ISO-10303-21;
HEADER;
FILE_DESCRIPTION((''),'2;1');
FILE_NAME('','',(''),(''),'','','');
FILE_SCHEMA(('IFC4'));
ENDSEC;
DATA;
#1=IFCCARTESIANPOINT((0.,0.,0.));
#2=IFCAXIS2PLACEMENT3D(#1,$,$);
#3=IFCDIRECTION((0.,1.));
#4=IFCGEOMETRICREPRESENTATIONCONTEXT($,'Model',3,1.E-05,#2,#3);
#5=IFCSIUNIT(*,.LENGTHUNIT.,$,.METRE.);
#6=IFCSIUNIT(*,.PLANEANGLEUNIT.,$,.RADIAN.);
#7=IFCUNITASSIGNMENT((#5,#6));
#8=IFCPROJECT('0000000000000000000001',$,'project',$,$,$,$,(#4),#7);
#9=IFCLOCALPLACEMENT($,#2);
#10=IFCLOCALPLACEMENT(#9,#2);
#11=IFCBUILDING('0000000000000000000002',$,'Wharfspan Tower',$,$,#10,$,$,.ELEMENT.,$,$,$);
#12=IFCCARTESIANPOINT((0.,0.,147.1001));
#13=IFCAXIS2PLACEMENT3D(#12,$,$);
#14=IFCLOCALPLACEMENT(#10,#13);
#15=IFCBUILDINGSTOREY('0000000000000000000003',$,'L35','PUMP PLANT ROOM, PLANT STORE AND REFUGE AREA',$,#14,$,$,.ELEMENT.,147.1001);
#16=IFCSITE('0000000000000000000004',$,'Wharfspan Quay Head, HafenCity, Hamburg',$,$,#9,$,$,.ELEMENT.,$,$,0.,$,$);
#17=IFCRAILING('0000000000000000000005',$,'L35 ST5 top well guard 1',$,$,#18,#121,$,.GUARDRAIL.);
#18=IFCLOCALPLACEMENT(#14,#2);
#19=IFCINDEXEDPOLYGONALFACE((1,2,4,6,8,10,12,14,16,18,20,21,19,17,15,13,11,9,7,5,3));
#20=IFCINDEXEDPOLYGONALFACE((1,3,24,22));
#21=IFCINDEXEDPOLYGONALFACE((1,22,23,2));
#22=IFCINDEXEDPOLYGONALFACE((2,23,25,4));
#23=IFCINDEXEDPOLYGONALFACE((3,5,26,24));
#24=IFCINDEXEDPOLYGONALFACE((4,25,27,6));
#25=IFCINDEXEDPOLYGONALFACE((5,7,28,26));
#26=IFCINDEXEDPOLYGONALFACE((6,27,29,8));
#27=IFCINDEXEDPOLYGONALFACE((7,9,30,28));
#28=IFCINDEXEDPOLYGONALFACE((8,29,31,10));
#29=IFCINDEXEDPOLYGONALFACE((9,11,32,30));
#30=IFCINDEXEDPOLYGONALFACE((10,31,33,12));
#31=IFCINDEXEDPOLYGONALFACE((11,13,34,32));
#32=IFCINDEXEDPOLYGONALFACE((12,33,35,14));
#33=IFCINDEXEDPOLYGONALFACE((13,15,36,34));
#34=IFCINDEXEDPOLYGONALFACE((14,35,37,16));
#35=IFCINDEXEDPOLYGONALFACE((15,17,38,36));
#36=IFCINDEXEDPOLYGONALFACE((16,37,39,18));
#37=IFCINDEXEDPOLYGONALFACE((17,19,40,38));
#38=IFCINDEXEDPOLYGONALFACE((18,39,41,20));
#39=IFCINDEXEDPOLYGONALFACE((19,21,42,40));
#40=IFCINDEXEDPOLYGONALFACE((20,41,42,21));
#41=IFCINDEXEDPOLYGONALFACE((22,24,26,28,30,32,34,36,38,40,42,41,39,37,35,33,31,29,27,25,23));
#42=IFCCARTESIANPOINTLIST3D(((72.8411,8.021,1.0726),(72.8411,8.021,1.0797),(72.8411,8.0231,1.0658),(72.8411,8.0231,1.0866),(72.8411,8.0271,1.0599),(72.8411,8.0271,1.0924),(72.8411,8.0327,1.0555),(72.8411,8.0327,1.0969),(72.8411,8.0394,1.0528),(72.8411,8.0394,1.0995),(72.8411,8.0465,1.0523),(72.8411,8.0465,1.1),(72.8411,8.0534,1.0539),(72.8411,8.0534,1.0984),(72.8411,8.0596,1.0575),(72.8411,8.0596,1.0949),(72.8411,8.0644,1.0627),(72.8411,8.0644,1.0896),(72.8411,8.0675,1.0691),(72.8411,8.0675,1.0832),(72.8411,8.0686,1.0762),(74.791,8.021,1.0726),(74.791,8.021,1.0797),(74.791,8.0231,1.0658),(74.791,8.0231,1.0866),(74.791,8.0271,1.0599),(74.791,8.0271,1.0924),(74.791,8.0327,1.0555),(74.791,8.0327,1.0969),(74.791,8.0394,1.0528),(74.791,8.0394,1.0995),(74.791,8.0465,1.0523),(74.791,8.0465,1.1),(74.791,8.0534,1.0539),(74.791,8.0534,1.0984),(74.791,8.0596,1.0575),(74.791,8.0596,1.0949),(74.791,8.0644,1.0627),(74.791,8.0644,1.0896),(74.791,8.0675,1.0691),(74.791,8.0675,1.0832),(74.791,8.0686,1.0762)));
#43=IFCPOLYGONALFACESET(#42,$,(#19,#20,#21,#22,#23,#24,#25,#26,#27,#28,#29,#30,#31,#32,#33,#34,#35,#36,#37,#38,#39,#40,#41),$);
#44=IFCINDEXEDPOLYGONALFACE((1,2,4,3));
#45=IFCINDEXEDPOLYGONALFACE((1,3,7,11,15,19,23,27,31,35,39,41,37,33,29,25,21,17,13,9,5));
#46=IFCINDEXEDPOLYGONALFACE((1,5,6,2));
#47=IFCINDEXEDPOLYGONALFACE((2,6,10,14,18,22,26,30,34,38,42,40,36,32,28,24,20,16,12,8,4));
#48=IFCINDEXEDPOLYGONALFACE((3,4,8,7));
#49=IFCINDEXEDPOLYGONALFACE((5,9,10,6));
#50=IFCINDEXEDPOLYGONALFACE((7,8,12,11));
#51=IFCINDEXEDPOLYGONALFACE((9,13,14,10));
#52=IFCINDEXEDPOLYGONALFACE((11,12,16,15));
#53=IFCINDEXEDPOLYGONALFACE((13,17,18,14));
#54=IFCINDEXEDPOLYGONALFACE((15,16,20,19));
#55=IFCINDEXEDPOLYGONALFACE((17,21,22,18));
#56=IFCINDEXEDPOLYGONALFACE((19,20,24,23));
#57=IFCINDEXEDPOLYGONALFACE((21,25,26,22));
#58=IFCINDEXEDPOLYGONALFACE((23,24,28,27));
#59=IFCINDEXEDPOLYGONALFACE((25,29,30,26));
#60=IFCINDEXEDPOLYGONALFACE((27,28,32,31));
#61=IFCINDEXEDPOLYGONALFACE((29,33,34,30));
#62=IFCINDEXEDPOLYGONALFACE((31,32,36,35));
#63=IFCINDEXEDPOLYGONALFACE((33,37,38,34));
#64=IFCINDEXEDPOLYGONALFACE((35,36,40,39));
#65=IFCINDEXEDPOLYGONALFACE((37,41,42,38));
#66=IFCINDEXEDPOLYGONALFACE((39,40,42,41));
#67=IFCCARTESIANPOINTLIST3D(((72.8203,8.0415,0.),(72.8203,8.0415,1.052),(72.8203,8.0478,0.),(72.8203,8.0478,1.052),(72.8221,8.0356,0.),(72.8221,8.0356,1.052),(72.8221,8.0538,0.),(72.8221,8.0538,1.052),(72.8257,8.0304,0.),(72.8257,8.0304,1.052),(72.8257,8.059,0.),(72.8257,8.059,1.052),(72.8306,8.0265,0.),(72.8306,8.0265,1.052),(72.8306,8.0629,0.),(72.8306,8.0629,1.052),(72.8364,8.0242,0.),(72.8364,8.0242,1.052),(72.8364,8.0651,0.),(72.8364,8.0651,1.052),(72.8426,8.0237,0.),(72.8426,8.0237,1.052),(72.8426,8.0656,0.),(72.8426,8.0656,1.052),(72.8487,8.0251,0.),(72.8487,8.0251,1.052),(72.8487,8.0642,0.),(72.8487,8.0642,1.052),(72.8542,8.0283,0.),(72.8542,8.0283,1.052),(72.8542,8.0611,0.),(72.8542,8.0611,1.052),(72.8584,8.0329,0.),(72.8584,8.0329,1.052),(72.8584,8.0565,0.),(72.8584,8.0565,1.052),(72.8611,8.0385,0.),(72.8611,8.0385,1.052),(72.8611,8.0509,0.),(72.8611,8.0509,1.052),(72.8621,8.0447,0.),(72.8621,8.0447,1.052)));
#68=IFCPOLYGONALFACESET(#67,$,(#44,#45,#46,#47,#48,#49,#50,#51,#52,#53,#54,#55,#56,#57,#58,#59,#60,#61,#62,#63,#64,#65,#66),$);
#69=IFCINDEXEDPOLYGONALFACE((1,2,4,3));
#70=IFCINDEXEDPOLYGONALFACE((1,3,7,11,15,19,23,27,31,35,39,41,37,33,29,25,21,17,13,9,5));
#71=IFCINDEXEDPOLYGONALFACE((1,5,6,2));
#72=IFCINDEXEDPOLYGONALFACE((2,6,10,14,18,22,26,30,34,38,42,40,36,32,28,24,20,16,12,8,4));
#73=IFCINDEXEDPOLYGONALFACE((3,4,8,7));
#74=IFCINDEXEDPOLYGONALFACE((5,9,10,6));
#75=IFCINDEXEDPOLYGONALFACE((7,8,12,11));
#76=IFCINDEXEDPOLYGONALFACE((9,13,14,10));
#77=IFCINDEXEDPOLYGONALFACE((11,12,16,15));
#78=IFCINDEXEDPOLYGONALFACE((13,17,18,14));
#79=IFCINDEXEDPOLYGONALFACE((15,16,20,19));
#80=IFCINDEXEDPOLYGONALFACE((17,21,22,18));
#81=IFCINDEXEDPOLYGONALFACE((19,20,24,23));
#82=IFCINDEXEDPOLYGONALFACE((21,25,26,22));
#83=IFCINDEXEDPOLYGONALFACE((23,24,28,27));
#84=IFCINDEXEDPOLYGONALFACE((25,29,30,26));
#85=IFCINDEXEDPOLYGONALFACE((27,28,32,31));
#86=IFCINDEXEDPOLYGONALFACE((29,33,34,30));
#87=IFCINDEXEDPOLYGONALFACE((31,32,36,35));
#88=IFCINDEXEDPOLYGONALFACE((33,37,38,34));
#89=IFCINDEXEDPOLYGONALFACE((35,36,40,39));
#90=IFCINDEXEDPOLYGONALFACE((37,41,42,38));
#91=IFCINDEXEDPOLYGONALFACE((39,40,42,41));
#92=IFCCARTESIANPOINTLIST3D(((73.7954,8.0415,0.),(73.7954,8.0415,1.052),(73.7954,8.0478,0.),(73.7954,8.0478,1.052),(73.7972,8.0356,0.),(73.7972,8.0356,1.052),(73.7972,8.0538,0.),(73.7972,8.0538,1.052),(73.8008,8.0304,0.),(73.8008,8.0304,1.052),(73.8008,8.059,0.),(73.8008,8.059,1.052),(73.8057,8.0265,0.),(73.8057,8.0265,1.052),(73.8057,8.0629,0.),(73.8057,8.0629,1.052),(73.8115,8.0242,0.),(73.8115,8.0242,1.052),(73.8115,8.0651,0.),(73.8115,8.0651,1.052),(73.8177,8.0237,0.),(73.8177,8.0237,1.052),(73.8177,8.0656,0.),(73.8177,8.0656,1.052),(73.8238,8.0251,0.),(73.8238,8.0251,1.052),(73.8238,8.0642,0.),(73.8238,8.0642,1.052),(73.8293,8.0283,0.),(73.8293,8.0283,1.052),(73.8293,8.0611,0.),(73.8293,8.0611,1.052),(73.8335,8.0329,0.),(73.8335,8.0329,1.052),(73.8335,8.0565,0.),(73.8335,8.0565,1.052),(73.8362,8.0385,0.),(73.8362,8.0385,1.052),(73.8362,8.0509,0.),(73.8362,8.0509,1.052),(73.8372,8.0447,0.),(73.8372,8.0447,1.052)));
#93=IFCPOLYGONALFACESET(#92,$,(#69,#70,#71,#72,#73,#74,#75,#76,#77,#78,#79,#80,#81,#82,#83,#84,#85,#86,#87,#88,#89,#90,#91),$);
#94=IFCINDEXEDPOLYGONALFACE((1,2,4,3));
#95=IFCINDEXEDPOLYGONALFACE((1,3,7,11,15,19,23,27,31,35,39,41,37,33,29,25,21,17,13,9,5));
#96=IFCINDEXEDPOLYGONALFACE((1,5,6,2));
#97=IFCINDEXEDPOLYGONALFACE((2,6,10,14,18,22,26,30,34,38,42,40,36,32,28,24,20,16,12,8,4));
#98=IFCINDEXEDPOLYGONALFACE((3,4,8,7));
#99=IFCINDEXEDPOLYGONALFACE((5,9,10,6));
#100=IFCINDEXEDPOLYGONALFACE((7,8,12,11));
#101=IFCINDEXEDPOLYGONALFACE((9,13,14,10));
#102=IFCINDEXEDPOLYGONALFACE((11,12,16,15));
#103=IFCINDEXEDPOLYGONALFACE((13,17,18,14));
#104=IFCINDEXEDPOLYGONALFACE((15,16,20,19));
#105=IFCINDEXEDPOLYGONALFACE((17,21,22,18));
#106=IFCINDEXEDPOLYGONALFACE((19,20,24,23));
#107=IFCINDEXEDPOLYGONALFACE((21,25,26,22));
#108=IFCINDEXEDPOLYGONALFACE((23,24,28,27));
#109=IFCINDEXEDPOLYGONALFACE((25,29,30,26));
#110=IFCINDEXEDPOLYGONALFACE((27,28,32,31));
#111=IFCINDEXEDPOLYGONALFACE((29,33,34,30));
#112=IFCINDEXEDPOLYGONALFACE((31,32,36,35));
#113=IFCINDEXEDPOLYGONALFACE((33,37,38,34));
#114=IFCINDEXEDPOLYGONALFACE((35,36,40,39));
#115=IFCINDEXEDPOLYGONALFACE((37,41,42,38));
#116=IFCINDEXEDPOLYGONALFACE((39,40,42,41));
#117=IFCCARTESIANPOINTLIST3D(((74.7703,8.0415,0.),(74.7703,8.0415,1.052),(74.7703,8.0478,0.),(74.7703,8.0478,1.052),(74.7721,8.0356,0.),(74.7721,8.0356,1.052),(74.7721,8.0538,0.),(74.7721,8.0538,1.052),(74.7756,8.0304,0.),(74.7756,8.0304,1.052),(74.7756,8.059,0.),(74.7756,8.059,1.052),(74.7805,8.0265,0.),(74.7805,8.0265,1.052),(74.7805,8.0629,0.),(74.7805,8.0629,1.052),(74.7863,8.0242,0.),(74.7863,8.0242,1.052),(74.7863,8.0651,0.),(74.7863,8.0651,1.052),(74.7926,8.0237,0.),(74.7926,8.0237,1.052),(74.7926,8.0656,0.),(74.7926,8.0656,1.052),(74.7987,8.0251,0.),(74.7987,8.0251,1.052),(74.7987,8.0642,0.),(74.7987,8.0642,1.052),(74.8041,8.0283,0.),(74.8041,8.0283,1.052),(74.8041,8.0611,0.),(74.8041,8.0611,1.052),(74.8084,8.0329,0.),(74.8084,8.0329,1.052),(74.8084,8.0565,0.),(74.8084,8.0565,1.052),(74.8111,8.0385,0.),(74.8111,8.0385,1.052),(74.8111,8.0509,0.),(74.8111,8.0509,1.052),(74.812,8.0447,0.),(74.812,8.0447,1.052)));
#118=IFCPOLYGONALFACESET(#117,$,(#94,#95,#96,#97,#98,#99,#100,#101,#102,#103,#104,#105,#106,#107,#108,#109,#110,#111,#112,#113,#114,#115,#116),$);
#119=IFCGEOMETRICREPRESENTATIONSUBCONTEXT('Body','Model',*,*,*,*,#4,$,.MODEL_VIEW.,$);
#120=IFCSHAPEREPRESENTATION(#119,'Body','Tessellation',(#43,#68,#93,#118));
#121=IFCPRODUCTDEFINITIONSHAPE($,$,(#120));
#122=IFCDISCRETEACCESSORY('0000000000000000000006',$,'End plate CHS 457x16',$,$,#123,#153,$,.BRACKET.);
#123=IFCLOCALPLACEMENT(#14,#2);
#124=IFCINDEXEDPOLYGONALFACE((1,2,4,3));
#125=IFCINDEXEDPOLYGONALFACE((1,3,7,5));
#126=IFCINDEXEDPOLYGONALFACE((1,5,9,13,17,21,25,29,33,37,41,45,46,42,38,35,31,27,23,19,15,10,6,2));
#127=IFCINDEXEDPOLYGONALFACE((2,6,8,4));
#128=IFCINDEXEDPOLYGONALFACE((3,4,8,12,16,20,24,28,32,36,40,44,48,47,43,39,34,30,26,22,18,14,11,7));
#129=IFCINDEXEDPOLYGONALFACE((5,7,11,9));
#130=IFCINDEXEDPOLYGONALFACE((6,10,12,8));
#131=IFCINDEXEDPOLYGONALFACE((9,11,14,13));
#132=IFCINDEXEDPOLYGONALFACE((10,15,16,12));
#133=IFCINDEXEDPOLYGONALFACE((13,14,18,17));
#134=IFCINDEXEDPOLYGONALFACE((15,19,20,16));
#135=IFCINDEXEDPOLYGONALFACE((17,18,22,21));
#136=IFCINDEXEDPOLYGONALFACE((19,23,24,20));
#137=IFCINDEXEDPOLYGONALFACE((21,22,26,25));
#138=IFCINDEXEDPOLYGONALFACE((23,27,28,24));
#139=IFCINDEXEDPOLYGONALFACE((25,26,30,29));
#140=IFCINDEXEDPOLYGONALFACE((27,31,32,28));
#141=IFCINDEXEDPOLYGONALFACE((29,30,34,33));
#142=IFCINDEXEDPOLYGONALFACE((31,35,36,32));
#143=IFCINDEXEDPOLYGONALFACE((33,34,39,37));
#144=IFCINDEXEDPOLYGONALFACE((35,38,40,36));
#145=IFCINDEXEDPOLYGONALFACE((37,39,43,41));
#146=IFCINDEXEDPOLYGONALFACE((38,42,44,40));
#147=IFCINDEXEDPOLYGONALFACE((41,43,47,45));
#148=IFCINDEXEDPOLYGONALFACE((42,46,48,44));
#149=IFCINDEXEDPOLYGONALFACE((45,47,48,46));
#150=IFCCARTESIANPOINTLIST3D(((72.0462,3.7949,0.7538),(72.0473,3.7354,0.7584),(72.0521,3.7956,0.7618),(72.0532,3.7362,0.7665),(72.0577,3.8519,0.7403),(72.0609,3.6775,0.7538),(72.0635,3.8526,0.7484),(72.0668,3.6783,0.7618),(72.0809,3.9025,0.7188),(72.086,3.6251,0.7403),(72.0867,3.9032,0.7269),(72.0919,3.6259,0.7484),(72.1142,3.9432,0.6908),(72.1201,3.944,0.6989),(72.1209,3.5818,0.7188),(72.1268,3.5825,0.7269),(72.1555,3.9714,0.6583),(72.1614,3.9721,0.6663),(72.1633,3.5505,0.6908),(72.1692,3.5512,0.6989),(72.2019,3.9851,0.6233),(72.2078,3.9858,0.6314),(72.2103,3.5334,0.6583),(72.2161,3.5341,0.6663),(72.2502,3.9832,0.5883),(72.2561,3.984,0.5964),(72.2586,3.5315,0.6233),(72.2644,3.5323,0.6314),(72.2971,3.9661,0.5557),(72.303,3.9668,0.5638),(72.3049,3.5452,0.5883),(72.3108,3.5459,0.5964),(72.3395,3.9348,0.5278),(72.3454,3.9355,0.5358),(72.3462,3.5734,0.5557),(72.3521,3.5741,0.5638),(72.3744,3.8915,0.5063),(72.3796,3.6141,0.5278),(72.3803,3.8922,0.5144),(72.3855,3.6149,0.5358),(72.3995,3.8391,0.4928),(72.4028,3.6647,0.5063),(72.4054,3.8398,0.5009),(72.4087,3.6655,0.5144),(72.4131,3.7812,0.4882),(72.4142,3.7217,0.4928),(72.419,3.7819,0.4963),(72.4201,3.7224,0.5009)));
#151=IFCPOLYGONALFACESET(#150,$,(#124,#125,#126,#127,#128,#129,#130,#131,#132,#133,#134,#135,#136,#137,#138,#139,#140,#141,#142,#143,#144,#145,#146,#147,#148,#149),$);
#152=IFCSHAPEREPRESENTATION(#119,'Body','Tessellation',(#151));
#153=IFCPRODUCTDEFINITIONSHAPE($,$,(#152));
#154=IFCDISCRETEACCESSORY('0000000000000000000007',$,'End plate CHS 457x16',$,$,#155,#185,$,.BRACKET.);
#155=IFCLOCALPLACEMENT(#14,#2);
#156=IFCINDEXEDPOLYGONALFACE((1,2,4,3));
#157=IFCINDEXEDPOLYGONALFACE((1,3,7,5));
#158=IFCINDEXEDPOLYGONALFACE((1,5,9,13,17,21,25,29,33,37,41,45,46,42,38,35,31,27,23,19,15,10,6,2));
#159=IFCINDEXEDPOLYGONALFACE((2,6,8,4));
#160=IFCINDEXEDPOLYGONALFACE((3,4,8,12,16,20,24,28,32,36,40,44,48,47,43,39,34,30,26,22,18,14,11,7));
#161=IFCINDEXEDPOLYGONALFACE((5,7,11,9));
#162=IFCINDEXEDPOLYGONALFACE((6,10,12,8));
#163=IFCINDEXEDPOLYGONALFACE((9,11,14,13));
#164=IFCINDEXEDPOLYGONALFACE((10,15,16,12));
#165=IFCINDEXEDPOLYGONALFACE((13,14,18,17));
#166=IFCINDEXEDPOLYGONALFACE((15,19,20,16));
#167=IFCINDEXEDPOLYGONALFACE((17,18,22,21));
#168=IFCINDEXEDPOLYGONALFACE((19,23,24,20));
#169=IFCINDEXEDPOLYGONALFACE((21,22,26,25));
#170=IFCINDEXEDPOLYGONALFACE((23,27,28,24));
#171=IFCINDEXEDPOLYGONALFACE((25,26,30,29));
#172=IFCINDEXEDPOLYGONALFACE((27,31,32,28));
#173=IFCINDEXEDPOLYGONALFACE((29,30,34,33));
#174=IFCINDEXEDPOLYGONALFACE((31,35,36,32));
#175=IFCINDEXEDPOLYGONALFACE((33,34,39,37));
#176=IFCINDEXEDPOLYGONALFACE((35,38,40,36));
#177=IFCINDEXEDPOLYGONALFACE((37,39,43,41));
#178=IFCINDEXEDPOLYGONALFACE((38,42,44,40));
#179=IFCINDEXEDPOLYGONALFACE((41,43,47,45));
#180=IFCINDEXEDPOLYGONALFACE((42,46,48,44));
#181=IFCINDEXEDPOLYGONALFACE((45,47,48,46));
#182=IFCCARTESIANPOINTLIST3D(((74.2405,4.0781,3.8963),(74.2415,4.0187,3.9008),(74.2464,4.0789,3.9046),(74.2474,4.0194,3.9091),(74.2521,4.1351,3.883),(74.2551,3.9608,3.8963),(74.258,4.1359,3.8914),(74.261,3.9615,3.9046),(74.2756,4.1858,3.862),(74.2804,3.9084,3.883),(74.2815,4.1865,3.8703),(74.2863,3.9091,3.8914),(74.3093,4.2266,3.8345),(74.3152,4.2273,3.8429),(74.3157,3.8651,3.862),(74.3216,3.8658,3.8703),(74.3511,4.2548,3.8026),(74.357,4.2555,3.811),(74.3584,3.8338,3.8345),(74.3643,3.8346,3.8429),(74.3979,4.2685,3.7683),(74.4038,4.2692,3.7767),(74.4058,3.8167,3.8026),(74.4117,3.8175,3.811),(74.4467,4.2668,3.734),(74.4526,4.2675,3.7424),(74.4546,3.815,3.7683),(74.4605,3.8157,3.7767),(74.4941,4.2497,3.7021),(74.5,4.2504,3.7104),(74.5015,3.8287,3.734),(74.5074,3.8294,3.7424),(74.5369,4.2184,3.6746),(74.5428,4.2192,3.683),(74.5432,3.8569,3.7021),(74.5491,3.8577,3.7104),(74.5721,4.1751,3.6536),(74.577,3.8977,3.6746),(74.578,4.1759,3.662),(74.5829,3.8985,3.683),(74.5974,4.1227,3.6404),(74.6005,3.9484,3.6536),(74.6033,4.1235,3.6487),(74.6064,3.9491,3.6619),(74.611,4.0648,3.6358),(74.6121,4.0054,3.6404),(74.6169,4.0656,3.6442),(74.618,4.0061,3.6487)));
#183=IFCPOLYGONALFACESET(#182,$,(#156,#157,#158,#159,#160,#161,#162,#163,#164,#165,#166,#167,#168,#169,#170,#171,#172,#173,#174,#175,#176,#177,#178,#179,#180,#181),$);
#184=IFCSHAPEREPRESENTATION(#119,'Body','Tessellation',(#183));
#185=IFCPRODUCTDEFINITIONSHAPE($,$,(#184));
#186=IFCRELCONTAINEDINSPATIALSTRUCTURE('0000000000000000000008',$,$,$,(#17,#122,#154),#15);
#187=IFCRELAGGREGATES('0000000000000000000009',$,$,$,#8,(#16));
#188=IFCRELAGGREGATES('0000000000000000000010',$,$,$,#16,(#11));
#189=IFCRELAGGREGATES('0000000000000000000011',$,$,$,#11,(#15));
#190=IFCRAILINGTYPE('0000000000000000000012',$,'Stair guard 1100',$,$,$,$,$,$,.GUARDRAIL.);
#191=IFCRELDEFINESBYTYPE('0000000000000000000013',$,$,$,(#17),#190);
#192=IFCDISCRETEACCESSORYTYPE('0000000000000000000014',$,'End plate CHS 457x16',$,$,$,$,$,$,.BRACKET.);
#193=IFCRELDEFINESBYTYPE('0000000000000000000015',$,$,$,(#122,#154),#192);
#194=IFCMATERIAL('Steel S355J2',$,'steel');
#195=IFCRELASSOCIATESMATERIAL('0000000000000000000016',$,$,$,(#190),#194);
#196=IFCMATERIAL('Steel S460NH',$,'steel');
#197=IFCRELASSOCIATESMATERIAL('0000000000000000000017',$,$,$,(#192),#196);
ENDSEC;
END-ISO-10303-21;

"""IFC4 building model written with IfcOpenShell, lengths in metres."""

from ifc_helpers import new_model, si_unit, direction, frame, origin, origin_2d, place, context, subcontext, project, spatial, circle, extrude, material, material_profile, profile_set, type_object, element, save


model = new_model("IFC4")

# Units and contexts
model_context = context("Model", 3, precision=1e-05, world=origin(), true_north=direction((0.0, 1.0)))
body_context = subcontext(model_context, "Body", "Model", "MODEL_VIEW")
ifc_project = project(units=[si_unit("LENGTHUNIT", "METRE"), si_unit("PLANEANGLEUNIT", "RADIAN")], contexts=[model_context])

# Site, building, storey
site_placement = place(None, origin())
site = spatial("IfcSite", under=ifc_project, at=site_placement, Name="Wharfspan Quay Head, HafenCity, Hamburg", CompositionType="ELEMENT", RefElevation=0.0)
building_placement = place(site_placement, origin())
building = spatial("IfcBuilding", under=site, at=building_placement, Name="Wharfspan Tower", CompositionType="ELEMENT")
storey_placement = place(building_placement, frame((0.0, 0.0, 147.1001)))
storey = spatial("IfcBuildingStorey", under=building, at=storey_placement, Name="L35", Description="PUMP PLANT ROOM, PLANT STORE AND REFUGE AREA", CompositionType="ELEMENT", Elevation=147.1001)

# Shared definitions
ifc_material_1 = material(Name="Steel S355J2", Category="steel")

# Shared definitions
ifc_material_2 = material(Name="Steel S460NH", Category="steel")

# Railing
railing_type = type_object("IfcRailingType", Name="Stair guard 1100", PredefinedType="GUARDRAIL", material=ifc_material_1)
railing_1_placement = place(storey_placement, frame((72.8411, 8.0447, 0.0)))
element("IfcRailing", 1, at=railing_1_placement, inside=storey, type_object=railing_type, Name="L35 ST5 top well guard 1", PredefinedType="GUARDRAIL", context=body_context, shape_type="SweptSolid", body=[
    extrude(circle(Radius=0.0239, at=origin_2d()), frame((0.0, 0.0, 1.0762), z_axis=(1.0, 0.0, 0.0), x_axis=(0.0, 1.0, 0.0)), (0.0, 0.0, 1.0), 1.95),
    extrude(circle(Radius=0.021, at=origin_2d()), origin(), (0.0, 0.0, 1.0), 1.052),
    extrude(circle(Radius=0.021, at=origin_2d()), frame((0.9751, 0.0, 0.0)), (0.0, 0.0, 1.0), 1.052),
    extrude(circle(Radius=0.021, at=origin_2d()), frame((1.95, 0.0, 0.0)), (0.0, 0.0, 1.0), 1.052),
])

# Discrete accessories
ifc_material_profile_1 = material_profile(ifc_material_2, circle(Radius=0.2285, at=origin_2d()))
ifc_profile_set_1 = profile_set([ifc_material_profile_1], Name="Steel S460NH")
discrete_accessory_type_1 = type_object("IfcDiscreteAccessoryType", Name="End plate CHS 457x16", PredefinedType="BRACKET", material=ifc_profile_set_1)
discrete_accessory_1_placement = place(storey_placement, frame((72.2302, 3.7583, 0.6233), z_axis=(0.586588, 0.073324, 0.806559), x_axis=(-0.124036, 0.992281, 0.0)))
element("IfcDiscreteAccessory", 2, at=discrete_accessory_1_placement, inside=storey, type_object=discrete_accessory_type_1, Name="End plate CHS 457x16", PredefinedType="BRACKET", context=body_context, shape_type="SweptSolid", body=[
    extrude(circle(Radius=0.2285, at=origin_2d()), origin(), (0.0, 0.0, 1.0), 0.01),
])
for number, where, z_axis, x_axis, name in (
    (3, (74.4263, 4.0417, 3.7683), (0.575191, 0.071899, 0.814853), (-0.124036, 0.992275, 0.000001), "End plate CHS 457x16"),
):
    element("IfcDiscreteAccessory", number, at=place(storey_placement, frame(where, z_axis=z_axis, x_axis=x_axis)), inside=storey, type_object=discrete_accessory_type_1, Name=name, PredefinedType="BRACKET", context=body_context, shape_type="SweptSolid", body=[
        extrude(circle(Radius=0.2285, at=origin_2d()), origin(), (0.0, 0.0, 1.0), 0.0103),
    ])

save(model, "model.ifc")
